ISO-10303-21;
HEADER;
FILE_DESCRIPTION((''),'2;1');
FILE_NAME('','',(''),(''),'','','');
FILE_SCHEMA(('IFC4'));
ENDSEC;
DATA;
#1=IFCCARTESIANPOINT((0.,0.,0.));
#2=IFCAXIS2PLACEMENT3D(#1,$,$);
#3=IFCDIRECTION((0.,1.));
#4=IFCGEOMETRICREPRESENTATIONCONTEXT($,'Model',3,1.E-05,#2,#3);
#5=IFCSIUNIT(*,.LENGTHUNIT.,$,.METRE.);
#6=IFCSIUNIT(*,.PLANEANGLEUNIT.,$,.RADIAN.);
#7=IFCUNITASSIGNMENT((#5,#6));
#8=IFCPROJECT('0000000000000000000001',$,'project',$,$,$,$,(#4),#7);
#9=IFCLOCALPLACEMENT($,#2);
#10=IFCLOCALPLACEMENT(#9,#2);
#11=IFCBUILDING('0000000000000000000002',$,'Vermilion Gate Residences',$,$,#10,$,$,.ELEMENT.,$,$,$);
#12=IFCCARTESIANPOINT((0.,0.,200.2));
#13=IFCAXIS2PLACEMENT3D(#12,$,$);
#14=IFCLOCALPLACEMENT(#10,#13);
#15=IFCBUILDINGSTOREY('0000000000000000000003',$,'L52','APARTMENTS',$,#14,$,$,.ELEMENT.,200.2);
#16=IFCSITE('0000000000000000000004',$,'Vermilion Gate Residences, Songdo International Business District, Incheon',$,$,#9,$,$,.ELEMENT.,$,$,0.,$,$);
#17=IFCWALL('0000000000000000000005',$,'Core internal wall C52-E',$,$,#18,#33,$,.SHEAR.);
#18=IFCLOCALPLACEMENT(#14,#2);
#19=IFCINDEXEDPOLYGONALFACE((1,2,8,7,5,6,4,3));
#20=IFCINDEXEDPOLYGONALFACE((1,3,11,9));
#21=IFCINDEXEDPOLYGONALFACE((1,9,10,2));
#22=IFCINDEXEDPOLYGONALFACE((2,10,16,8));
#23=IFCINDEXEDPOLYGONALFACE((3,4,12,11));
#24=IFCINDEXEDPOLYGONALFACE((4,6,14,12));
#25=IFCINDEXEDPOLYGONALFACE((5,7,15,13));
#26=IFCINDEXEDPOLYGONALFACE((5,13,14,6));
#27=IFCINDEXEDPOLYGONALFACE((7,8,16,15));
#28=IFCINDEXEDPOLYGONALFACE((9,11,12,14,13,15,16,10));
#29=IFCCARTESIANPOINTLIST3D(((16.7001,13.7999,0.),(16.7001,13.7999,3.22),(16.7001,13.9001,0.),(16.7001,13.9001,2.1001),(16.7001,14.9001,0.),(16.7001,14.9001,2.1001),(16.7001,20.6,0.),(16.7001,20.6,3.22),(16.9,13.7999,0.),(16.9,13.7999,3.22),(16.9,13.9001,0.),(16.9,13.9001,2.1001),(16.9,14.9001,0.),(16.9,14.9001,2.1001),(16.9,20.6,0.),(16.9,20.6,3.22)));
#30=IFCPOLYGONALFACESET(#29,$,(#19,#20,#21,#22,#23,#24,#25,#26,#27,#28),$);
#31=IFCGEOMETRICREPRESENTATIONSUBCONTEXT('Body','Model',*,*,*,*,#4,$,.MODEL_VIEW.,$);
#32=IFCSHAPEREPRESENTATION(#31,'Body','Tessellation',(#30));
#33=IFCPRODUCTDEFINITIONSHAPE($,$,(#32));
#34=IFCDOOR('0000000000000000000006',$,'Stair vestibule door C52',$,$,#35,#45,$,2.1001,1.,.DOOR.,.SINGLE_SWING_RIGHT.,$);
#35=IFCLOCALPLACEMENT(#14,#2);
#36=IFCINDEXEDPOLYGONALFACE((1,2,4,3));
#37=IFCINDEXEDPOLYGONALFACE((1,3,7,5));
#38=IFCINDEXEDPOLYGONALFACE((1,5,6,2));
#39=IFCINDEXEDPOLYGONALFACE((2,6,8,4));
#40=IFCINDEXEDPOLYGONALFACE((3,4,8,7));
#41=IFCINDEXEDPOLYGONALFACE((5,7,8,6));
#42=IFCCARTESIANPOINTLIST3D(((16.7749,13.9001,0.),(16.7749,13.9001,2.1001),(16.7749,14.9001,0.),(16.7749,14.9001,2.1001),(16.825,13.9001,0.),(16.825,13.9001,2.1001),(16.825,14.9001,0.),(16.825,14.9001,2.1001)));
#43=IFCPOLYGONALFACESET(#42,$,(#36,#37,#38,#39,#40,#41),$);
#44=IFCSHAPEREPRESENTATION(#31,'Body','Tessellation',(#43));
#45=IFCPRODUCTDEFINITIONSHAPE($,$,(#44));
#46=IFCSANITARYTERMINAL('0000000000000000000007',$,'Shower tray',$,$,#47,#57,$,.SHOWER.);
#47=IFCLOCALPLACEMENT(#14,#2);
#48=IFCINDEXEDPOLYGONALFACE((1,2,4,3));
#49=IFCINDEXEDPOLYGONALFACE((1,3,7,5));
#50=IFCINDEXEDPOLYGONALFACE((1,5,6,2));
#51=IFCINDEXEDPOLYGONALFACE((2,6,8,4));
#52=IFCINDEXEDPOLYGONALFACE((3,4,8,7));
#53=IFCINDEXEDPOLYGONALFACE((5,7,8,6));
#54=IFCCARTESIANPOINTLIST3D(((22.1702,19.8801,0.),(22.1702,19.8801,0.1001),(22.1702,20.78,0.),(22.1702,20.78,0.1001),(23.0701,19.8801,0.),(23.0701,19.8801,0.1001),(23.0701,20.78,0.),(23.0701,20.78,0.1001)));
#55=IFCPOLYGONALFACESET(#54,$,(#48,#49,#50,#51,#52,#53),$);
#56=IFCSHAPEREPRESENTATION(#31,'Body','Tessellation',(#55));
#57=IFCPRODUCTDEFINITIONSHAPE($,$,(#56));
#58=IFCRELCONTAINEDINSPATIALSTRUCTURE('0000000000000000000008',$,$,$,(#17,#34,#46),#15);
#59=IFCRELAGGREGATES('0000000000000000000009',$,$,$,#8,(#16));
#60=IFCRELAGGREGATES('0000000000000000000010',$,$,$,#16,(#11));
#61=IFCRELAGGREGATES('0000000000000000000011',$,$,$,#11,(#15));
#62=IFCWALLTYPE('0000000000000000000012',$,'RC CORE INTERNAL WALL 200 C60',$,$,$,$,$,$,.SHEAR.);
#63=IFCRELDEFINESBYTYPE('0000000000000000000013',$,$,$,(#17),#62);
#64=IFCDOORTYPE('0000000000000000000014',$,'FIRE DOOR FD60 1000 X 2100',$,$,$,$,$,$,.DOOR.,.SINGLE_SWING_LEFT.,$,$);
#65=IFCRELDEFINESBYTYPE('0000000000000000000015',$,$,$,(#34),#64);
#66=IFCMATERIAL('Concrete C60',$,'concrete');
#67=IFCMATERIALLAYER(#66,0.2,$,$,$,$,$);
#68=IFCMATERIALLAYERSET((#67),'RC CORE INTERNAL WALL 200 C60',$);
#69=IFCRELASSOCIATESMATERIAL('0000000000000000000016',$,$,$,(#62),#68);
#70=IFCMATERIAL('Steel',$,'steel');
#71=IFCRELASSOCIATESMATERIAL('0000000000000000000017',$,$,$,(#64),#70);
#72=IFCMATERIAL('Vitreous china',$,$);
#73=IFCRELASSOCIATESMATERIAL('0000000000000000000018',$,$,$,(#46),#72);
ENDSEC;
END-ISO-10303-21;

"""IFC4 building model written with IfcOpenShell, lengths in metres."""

from ifc_helpers import new_model, si_unit, direction, frame, frame_2d, origin, origin_2d, place, context, subcontext, project, spatial, rectangle, extrude, material, layer, layer_set, type_object, element, fill, save


model = new_model("IFC4")

# Units and contexts
model_context = context("Model", 3, precision=1e-05, world=origin(), true_north=direction((0.0, 1.0)))
body_context = subcontext(model_context, "Body", "Model", "MODEL_VIEW")
ifc_project = project(units=[si_unit("LENGTHUNIT", "METRE"), si_unit("PLANEANGLEUNIT", "RADIAN")], contexts=[model_context])

# Site, building, storey
site_placement = place(None, origin())
site = spatial("IfcSite", under=ifc_project, at=site_placement, Name="Vermilion Gate Residences, Songdo International Business District, Incheon", CompositionType="ELEMENT", RefElevation=0.0)
building_placement = place(site_placement, origin())
building = spatial("IfcBuilding", under=site, at=building_placement, Name="Vermilion Gate Residences", CompositionType="ELEMENT")
storey_placement = place(building_placement, frame((0.0, 0.0, 200.2)))
storey = spatial("IfcBuildingStorey", under=building, at=storey_placement, Name="L52", Description="APARTMENTS", CompositionType="ELEMENT", Elevation=200.2)

# Wall, opening, door
ifc_material_1 = material(Name="Concrete C60", Category="concrete")
ifc_layer_1 = layer(ifc_material_1, 0.2)
ifc_layer_set_1 = layer_set([ifc_layer_1], Name="RC CORE INTERNAL WALL 200 C60")
wall_type_1 = type_object("IfcWallType", Name="RC CORE INTERNAL WALL 200 C60", PredefinedType="SHEAR", material=ifc_layer_set_1)
wall_1_placement = place(storey_placement, frame((16.8, 13.8, 0.0), z_axis=(0.0, 0.0, 1.0), x_axis=(0.0, 1.0, 0.0)))
wall_1 = element("IfcWall", 1, at=wall_1_placement, inside=storey, type_object=wall_type_1, Name="Core internal wall C52-E", PredefinedType="SHEAR", context=body_context, shape_type="SweptSolid", body=[
    extrude(rectangle(XDim=6.8, YDim=0.2, at=frame_2d((3.3999, 0.0))), origin(), (0.0, 0.0, 1.0), 3.22),
])
opening_1_placement = place(wall_1_placement, frame((0.1001, 0.0, 0.0)))
opening_1 = element("IfcOpeningElement", 2, at=opening_1_placement, cuts=wall_1, PredefinedType="OPENING", context=body_context, shape_type="SweptSolid", body=[
    extrude(rectangle(XDim=1.0, YDim=2.1001, at=frame_2d((0.5, 1.05))), frame((0.0, 0.1099, 0.0), z_axis=(0.0, -1.0, 0.0), x_axis=(1.0, 0.0, 0.0)), (0.0, 0.0, 1.0), 0.22),
])
ifc_material_2 = material(Name="Steel", Category="steel")
door_type_1 = type_object("IfcDoorType", Name="FIRE DOOR FD60 1000 X 2100", OperationType="SINGLE_SWING_LEFT", PredefinedType="DOOR", material=ifc_material_2)
door_1_placement = place(opening_1_placement, frame((1.0, 0.0, 0.0), z_axis=(0.0, 0.0, 1.0), x_axis=(-1.0, 0.0, 0.0)))
door_1 = element("IfcDoor", 3, at=door_1_placement, inside=storey, type_object=door_type_1, Name="Stair vestibule door C52", OperationType="SINGLE_SWING_RIGHT", OverallHeight=2.1001, OverallWidth=1.0, PredefinedType="DOOR", context=body_context, shape_type="SweptSolid", body=[
    extrude(rectangle(XDim=1.0, YDim=2.1001, at=frame_2d((0.5, 1.05))), frame((0.0, 0.0249, 0.0), z_axis=(0.0, -1.0, 0.0), x_axis=(1.0, 0.0, 0.0)), (0.0, 0.0, 1.0), 0.05),
])
fill(opening_1, door_1)

# Sanitary terminal
ifc_material_3 = material(Name="Vitreous china")
sanitary_terminal_placement = place(storey_placement, frame((22.6201, 20.3301, 0.0), z_axis=(0.0, 0.0, 1.0), x_axis=(1.0, 0.0, 0.0)))
element("IfcSanitaryTerminal", 4, at=sanitary_terminal_placement, inside=storey, material=ifc_material_3, Name="Shower tray", PredefinedType="SHOWER", context=body_context, shape_type="SweptSolid", body=[
    extrude(rectangle(XDim=0.8999, YDim=0.8999, at=origin_2d()), origin(), (0.0, 0.0, 1.0), 0.1001),
])

save(model, "model.ifc")
